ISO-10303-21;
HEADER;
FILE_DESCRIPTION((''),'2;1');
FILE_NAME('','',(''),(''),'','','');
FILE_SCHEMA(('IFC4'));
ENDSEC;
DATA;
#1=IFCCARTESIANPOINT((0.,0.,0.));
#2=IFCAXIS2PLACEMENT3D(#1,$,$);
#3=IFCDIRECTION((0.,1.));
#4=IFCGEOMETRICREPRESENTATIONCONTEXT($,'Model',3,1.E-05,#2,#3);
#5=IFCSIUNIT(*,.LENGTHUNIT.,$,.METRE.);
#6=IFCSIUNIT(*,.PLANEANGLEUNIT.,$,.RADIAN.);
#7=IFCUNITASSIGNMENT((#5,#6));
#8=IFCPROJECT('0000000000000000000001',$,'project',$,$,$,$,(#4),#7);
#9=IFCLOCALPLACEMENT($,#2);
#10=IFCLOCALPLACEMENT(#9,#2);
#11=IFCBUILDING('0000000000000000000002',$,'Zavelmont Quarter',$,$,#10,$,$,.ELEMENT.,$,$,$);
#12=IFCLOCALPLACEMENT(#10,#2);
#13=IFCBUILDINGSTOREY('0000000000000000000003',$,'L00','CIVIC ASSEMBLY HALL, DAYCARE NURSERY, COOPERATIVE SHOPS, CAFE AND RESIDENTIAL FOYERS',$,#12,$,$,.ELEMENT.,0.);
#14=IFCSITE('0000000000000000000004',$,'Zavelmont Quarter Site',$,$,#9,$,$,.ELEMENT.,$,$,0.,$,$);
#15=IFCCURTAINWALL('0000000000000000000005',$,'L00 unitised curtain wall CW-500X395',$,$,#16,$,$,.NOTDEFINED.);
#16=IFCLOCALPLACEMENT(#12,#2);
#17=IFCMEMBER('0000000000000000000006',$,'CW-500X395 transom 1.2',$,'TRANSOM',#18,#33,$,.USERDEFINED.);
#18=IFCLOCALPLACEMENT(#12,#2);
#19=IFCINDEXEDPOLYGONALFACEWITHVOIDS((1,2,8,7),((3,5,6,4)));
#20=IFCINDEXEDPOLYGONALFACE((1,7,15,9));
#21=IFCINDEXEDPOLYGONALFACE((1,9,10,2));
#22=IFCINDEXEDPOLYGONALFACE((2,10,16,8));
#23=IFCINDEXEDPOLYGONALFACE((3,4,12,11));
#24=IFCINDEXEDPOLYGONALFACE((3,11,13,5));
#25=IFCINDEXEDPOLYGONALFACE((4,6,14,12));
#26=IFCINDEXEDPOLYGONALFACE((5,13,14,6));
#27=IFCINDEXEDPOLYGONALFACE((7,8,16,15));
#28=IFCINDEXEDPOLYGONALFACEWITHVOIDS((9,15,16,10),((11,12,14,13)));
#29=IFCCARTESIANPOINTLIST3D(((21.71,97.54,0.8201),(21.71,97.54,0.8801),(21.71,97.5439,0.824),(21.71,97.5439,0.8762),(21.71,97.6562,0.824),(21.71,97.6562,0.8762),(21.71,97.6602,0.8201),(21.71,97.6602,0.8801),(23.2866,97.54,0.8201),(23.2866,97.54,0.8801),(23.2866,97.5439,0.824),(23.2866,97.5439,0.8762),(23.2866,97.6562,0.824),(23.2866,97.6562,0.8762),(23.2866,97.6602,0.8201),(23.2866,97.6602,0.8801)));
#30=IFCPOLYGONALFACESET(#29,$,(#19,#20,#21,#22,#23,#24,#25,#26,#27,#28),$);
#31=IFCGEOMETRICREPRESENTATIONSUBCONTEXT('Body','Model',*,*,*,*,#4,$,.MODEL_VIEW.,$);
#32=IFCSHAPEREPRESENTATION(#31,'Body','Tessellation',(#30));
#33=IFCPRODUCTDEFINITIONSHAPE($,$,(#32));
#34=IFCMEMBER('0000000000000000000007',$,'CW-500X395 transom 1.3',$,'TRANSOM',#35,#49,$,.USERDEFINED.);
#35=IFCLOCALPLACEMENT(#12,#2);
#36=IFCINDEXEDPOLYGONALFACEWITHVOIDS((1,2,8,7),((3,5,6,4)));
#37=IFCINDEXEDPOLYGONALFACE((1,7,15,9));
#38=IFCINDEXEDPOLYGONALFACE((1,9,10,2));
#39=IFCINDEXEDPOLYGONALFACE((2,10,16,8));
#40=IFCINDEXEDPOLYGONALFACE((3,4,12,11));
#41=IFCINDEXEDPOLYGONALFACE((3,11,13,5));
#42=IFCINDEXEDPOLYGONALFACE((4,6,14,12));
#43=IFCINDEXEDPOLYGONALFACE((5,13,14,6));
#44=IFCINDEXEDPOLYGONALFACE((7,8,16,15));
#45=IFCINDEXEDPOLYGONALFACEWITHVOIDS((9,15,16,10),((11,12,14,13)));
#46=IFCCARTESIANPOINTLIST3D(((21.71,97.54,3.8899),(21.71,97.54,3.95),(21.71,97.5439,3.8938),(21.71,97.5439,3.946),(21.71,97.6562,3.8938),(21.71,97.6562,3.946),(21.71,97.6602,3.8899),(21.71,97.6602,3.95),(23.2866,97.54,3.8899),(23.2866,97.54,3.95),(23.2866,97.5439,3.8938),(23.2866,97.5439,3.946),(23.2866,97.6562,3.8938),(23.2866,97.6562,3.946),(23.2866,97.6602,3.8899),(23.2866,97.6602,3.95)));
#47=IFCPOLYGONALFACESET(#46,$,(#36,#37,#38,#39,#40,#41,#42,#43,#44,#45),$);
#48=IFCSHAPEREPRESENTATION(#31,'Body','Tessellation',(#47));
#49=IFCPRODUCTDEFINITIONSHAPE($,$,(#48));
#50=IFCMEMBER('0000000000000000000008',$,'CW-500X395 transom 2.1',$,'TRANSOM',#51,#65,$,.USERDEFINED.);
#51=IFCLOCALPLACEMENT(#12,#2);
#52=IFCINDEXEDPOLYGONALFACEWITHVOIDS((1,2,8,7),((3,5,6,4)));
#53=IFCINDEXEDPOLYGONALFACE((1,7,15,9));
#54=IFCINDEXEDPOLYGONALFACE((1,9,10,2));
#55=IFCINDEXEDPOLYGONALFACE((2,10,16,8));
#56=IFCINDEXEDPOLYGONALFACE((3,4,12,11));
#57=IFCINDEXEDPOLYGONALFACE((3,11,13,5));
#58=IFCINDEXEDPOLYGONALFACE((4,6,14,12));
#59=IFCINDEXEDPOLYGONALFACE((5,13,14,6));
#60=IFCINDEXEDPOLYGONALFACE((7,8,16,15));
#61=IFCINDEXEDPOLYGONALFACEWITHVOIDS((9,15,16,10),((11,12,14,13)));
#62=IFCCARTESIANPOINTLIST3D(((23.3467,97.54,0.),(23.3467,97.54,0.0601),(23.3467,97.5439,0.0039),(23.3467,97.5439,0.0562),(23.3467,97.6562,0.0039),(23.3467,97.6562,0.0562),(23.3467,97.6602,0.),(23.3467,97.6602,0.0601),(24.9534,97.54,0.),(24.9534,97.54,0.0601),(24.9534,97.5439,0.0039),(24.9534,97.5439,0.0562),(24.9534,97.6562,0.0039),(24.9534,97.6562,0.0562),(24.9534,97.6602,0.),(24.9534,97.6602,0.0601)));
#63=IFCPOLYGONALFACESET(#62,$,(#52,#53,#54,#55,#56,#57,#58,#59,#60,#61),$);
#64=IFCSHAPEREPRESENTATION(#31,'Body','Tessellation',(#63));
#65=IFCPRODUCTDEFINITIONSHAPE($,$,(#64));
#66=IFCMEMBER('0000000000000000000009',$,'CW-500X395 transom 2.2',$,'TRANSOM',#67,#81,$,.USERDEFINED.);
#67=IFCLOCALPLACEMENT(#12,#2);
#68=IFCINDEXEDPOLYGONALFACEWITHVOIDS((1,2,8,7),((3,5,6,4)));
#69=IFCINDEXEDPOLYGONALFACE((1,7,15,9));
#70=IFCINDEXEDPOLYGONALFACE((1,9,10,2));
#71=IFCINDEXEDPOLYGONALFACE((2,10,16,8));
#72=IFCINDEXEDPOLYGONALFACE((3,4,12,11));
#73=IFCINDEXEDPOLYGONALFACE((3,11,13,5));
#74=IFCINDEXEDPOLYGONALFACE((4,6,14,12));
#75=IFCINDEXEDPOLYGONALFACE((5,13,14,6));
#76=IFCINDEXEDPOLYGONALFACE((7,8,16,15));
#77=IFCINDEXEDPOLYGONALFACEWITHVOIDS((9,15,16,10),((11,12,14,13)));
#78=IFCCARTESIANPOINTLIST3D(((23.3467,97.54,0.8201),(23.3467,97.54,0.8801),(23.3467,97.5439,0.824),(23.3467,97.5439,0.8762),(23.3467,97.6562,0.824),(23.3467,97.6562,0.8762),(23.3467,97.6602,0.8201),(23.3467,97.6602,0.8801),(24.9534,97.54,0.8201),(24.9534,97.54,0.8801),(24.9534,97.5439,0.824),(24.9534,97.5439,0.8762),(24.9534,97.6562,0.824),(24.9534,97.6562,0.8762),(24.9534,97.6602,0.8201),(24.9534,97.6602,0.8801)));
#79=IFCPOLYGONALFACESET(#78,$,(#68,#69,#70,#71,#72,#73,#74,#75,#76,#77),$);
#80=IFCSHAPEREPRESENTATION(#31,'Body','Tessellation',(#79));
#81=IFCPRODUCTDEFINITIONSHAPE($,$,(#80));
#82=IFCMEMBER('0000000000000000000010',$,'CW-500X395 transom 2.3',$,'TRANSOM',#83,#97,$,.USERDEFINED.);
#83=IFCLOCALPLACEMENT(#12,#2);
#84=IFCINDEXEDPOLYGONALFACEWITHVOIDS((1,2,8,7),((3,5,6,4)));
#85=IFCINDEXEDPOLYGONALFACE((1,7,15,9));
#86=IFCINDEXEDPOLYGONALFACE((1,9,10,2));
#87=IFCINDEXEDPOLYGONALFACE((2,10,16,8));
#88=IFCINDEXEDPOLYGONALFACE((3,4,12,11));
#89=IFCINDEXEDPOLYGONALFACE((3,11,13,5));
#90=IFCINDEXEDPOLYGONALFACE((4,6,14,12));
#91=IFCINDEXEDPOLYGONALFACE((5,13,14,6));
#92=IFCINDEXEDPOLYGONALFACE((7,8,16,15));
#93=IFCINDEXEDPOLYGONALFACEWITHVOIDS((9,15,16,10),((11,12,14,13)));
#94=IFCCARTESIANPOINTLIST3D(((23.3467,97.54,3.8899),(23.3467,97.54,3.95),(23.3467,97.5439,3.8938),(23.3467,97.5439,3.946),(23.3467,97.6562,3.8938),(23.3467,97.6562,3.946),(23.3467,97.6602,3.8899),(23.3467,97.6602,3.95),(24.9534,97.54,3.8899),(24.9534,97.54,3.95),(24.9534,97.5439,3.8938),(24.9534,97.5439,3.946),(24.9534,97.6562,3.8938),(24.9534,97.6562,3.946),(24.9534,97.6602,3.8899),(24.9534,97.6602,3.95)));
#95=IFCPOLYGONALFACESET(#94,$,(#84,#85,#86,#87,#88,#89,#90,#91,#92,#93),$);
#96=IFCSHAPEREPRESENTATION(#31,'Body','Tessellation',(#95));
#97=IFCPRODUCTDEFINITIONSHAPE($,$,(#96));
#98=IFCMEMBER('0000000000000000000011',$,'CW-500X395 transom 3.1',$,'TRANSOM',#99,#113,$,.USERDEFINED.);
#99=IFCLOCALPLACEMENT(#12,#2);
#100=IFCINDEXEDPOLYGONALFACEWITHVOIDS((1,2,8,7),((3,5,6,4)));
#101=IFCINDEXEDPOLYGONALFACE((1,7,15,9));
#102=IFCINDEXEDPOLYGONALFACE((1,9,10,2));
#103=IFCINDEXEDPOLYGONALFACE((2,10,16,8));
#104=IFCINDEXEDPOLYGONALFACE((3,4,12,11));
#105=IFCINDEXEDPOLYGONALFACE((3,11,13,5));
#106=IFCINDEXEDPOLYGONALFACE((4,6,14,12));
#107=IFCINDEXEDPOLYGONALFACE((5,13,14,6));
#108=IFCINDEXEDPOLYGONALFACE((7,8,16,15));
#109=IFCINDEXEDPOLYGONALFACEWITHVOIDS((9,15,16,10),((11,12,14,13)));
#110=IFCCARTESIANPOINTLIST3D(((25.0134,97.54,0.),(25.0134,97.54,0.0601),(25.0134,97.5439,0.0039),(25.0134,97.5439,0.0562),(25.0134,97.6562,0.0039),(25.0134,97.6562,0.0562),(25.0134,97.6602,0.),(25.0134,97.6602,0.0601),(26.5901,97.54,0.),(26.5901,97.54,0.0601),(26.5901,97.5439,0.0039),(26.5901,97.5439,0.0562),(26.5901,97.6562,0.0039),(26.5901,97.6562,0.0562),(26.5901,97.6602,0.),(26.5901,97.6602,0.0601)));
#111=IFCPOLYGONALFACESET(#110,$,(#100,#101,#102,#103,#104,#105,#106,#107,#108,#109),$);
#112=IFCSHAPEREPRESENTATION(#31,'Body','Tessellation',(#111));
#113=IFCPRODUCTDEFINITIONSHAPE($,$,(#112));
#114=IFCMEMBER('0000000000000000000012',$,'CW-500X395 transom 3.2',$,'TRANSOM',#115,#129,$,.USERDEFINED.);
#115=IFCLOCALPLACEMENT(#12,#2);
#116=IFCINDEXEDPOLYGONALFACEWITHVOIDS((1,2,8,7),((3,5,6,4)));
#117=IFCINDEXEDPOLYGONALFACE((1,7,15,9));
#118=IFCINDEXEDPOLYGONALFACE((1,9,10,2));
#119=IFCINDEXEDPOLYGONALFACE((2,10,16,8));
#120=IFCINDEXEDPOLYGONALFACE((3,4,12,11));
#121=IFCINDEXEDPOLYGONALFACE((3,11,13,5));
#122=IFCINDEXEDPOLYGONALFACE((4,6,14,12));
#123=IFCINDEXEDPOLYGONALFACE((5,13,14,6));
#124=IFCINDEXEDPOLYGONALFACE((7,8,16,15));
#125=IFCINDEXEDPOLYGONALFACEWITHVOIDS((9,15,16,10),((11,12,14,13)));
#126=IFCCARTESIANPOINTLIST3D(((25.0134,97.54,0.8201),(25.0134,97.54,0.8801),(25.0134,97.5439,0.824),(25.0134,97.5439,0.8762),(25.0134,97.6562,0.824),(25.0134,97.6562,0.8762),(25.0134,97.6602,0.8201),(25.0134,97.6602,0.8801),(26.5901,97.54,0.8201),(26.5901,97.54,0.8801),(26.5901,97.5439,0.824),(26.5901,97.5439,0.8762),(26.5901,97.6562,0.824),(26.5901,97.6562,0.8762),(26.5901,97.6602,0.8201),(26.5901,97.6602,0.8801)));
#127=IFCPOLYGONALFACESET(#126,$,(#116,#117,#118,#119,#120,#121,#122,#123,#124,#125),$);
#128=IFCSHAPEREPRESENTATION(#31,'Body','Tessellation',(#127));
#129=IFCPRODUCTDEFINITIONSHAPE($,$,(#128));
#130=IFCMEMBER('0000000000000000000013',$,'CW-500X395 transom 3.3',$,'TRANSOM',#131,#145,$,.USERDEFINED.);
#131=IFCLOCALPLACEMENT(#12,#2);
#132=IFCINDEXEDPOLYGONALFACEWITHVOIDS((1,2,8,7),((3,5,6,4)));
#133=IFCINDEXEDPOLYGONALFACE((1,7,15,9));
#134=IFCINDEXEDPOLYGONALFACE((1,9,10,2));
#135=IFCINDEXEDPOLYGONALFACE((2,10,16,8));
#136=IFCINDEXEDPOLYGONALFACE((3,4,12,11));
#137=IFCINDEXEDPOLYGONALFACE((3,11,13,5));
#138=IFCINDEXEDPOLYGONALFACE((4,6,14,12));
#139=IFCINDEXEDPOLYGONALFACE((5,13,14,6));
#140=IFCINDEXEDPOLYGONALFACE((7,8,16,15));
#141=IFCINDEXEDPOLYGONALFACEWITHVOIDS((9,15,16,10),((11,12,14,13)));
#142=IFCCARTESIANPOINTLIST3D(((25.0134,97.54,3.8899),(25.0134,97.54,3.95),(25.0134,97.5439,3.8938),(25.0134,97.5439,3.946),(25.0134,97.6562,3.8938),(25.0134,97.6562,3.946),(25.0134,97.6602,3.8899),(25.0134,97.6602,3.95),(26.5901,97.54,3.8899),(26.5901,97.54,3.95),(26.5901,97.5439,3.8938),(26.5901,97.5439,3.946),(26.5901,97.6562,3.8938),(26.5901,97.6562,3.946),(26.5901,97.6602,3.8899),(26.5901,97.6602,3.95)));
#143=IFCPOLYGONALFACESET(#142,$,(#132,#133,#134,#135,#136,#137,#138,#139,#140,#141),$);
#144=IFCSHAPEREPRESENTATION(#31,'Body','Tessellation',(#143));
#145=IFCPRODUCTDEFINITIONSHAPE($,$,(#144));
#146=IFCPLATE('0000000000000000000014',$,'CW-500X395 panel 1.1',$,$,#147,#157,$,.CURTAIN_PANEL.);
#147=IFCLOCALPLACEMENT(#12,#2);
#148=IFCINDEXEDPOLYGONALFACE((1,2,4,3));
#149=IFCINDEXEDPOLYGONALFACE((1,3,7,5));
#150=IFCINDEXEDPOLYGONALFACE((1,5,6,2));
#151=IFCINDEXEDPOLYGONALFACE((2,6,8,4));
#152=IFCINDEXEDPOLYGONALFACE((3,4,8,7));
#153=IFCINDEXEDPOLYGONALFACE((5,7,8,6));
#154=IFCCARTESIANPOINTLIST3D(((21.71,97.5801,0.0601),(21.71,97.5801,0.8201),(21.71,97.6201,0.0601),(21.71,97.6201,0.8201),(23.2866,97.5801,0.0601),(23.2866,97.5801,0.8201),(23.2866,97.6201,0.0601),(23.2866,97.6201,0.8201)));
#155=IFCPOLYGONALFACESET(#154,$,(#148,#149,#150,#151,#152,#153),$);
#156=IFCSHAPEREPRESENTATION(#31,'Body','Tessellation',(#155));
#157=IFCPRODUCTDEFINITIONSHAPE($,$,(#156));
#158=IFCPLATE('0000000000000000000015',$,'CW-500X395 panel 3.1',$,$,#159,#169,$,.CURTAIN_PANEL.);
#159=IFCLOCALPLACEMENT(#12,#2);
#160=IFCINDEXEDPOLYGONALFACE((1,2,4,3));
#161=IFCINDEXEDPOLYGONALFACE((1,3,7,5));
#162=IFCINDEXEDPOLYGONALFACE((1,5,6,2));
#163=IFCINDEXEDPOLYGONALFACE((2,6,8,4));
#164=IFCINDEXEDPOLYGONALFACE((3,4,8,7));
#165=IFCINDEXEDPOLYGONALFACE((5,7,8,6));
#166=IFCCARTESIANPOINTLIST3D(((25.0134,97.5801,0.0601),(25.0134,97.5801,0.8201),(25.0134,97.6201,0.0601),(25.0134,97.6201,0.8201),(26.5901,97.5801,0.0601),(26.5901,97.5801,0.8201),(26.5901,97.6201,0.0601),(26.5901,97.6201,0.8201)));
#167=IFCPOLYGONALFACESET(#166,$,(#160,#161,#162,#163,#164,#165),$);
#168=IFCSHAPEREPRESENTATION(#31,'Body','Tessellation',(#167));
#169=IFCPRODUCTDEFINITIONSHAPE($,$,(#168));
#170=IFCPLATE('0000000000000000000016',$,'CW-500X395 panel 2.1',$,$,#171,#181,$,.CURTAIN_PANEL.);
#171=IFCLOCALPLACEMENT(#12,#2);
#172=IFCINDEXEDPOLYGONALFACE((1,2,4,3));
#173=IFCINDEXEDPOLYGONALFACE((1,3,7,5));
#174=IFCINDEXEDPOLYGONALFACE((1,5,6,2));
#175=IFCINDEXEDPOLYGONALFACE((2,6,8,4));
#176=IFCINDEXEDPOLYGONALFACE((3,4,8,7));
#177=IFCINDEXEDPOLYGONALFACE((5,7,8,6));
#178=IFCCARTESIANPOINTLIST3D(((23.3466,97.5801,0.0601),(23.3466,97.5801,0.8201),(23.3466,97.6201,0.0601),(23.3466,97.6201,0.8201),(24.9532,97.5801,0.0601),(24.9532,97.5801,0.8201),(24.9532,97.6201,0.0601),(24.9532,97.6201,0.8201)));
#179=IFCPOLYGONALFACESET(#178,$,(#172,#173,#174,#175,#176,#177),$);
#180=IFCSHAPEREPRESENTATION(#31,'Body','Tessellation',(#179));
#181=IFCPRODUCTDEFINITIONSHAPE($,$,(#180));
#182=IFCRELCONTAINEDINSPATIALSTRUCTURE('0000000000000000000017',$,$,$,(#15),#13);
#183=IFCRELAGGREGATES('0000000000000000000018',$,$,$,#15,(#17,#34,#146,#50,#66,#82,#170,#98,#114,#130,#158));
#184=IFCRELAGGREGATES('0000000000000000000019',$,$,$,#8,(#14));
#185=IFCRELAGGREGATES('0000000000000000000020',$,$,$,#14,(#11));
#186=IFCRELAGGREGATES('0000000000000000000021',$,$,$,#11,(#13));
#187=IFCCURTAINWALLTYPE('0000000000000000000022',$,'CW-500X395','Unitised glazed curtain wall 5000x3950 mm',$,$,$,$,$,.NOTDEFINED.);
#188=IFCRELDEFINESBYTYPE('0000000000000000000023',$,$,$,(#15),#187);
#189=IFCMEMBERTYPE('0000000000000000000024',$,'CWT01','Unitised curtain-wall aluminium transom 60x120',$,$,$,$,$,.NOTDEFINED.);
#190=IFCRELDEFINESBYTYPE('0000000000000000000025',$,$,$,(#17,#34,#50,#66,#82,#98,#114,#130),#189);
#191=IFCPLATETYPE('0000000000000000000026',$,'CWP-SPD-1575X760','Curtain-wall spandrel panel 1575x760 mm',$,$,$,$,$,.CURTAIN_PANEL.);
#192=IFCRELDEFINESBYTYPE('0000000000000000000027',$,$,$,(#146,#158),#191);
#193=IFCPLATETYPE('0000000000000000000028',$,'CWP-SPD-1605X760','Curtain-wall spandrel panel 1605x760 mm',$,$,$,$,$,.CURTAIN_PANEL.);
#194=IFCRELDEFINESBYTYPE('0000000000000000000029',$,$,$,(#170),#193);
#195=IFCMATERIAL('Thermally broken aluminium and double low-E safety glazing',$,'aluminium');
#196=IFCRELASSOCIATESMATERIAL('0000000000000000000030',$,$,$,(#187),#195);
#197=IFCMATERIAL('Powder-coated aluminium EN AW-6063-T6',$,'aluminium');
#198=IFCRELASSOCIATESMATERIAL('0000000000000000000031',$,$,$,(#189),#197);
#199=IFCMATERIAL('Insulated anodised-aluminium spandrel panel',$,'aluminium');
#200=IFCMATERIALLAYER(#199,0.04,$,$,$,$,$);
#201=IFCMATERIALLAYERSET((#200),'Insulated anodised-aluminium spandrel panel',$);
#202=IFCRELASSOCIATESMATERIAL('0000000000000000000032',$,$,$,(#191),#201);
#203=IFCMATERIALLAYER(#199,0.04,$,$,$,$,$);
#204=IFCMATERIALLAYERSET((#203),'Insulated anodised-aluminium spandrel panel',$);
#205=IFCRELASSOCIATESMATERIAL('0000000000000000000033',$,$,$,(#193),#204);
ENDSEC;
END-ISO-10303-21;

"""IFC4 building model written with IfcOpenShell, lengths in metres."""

from ifc_helpers import new_model, si_unit, direction, frame, origin, origin_2d, place, context, subcontext, project, spatial, rectangle, hollow_rectangle, extrude, material, layer, layer_set, material_profile, profile_set, type_object, element, aggregate, save


model = new_model("IFC4")

# Units and contexts
model_context = context("Model", 3, precision=1e-05, world=origin(), true_north=direction((0.0, 1.0)))
body_context = subcontext(model_context, "Body", "Model", "MODEL_VIEW")
ifc_project = project(units=[si_unit("LENGTHUNIT", "METRE"), si_unit("PLANEANGLEUNIT", "RADIAN")], contexts=[model_context])

# Site, building, storey
site_placement = place(None, origin())
site = spatial("IfcSite", under=ifc_project, at=site_placement, Name="Zavelmont Quarter Site", CompositionType="ELEMENT", RefElevation=0.0)
building_placement = place(site_placement, origin())
building = spatial("IfcBuilding", under=site, at=building_placement, Name="Zavelmont Quarter", CompositionType="ELEMENT")
storey_placement = place(building_placement, origin())
storey = spatial("IfcBuildingStorey", under=building, at=storey_placement, Name="L00", Description="CIVIC ASSEMBLY HALL, DAYCARE NURSERY, COOPERATIVE SHOPS, CAFE AND RESIDENTIAL FOYERS", CompositionType="ELEMENT", Elevation=0.0)

# Curtain wall, members, plates
ifc_material_1 = material(Name="Thermally broken aluminium and double low-E safety glazing", Category="aluminium")
curtain_wall_type = type_object("IfcCurtainWallType", Name="CW-500X395", Description="Unitised glazed curtain wall 5000x3950 mm", PredefinedType="NOTDEFINED", material=ifc_material_1)
curtain_wall_placement = place(storey_placement, origin())
curtain_wall = element("IfcCurtainWall", 1, at=curtain_wall_placement, inside=storey, type_object=curtain_wall_type, Name="L00 unitised curtain wall CW-500X395", PredefinedType="NOTDEFINED")
ifc_material_2 = material(Name="Powder-coated aluminium EN AW-6063-T6", Category="aluminium")
ifc_material_profile_1 = material_profile(ifc_material_2, hollow_rectangle(XDim=0.1201, YDim=0.0601, WallThickness=0.0039, at=origin_2d()), Name="CWT60X120")
ifc_profile_set_1 = profile_set([ifc_material_profile_1], Name="Powder-coated aluminium EN AW-6063-T6")
member_type_1 = type_object("IfcMemberType", Name="CWT01", Description="Unitised curtain-wall aluminium transom 60x120", PredefinedType="NOTDEFINED", material=ifc_profile_set_1)
member_1_placement = place(storey_placement, frame((21.71, 97.6001, 0.8501), z_axis=(1.0, 0.0, 0.0), x_axis=(0.0, 1.0, 0.0)))
member_1 = element("IfcMember", 2, at=member_1_placement, type_object=member_type_1, Name="CW-500X395 transom 1.2", ObjectType="TRANSOM", PredefinedType="USERDEFINED", context=body_context, shape_type="SweptSolid", body=[
    extrude(hollow_rectangle(XDim=0.1201, YDim=0.0601, WallThickness=0.0039, at=origin_2d()), origin(), (0.0, 0.0, 1.0), 1.5767),
])
member_2_placement = place(storey_placement, frame((21.71, 97.6001, 3.9199), z_axis=(1.0, 0.0, 0.0), x_axis=(0.0, 1.0, 0.0)))
member_2 = element("IfcMember", 3, at=member_2_placement, type_object=member_type_1, Name="CW-500X395 transom 1.3", ObjectType="TRANSOM", PredefinedType="USERDEFINED", context=body_context, shape_type="SweptSolid", body=[
    extrude(hollow_rectangle(XDim=0.1201, YDim=0.0601, WallThickness=0.0039, at=origin_2d()), origin(), (0.0, 0.0, 1.0), 1.5767),
])
member_3_placement = place(storey_placement, frame((23.3467, 97.6001, 0.03), z_axis=(1.0, 0.0, 0.0), x_axis=(0.0, 1.0, 0.0)))
member_3 = element("IfcMember", 4, at=member_3_placement, type_object=member_type_1, Name="CW-500X395 transom 2.1", ObjectType="TRANSOM", PredefinedType="USERDEFINED", context=body_context, shape_type="SweptSolid", body=[
    extrude(hollow_rectangle(XDim=0.1201, YDim=0.0601, WallThickness=0.0039, at=origin_2d()), origin(), (0.0, 0.0, 1.0), 1.6067),
])
member_4_placement = place(storey_placement, frame((23.3467, 97.6001, 0.8501), z_axis=(1.0, 0.0, 0.0), x_axis=(0.0, 1.0, 0.0)))
member_4 = element("IfcMember", 5, at=member_4_placement, type_object=member_type_1, Name="CW-500X395 transom 2.2", ObjectType="TRANSOM", PredefinedType="USERDEFINED", context=body_context, shape_type="SweptSolid", body=[
    extrude(hollow_rectangle(XDim=0.1201, YDim=0.0601, WallThickness=0.0039, at=origin_2d()), origin(), (0.0, 0.0, 1.0), 1.6067),
])
member_5_placement = place(storey_placement, frame((23.3467, 97.6001, 3.9199), z_axis=(1.0, 0.0, 0.0), x_axis=(0.0, 1.0, 0.0)))
member_5 = element("IfcMember", 6, at=member_5_placement, type_object=member_type_1, Name="CW-500X395 transom 2.3", ObjectType="TRANSOM", PredefinedType="USERDEFINED", context=body_context, shape_type="SweptSolid", body=[
    extrude(hollow_rectangle(XDim=0.1201, YDim=0.0601, WallThickness=0.0039, at=origin_2d()), origin(), (0.0, 0.0, 1.0), 1.6067),
])
member_6_placement = place(storey_placement, frame((25.0134, 97.6001, 0.03), z_axis=(1.0, 0.0, 0.0), x_axis=(0.0, 1.0, 0.0)))
member_6 = element("IfcMember", 7, at=member_6_placement, type_object=member_type_1, Name="CW-500X395 transom 3.1", ObjectType="TRANSOM", PredefinedType="USERDEFINED", context=body_context, shape_type="SweptSolid", body=[
    extrude(hollow_rectangle(XDim=0.1201, YDim=0.0601, WallThickness=0.0039, at=origin_2d()), origin(), (0.0, 0.0, 1.0), 1.5767),
])
member_7_placement = place(storey_placement, frame((25.0134, 97.6001, 0.8501), z_axis=(1.0, 0.0, 0.0), x_axis=(0.0, 1.0, 0.0)))
member_7 = element("IfcMember", 8, at=member_7_placement, type_object=member_type_1, Name="CW-500X395 transom 3.2", ObjectType="TRANSOM", PredefinedType="USERDEFINED", context=body_context, shape_type="SweptSolid", body=[
    extrude(hollow_rectangle(XDim=0.1201, YDim=0.0601, WallThickness=0.0039, at=origin_2d()), origin(), (0.0, 0.0, 1.0), 1.5767),
])
member_8_placement = place(storey_placement, frame((25.0134, 97.6001, 3.9199), z_axis=(1.0, 0.0, 0.0), x_axis=(0.0, 1.0, 0.0)))
member_8 = element("IfcMember", 9, at=member_8_placement, type_object=member_type_1, Name="CW-500X395 transom 3.3", ObjectType="TRANSOM", PredefinedType="USERDEFINED", context=body_context, shape_type="SweptSolid", body=[
    extrude(hollow_rectangle(XDim=0.1201, YDim=0.0601, WallThickness=0.0039, at=origin_2d()), origin(), (0.0, 0.0, 1.0), 1.5767),
])
ifc_material_3 = material(Name="Insulated anodised-aluminium spandrel panel", Category="aluminium")
ifc_layer_1 = layer(ifc_material_3, 0.04)
ifc_layer_set_1 = layer_set([ifc_layer_1], Name="Insulated anodised-aluminium spandrel panel")
plate_type_1 = type_object("IfcPlateType", Name="CWP-SPD-1575X760", Description="Curtain-wall spandrel panel 1575x760 mm", PredefinedType="CURTAIN_PANEL", material=ifc_layer_set_1)
plate_1_placement = place(storey_placement, frame((22.4983, 97.6001, 0.0601), z_axis=(0.0, 0.0, 1.0), x_axis=(1.0, 0.0, 0.0)))
plate_1 = element("IfcPlate", 10, at=plate_1_placement, type_object=plate_type_1, Name="CW-500X395 panel 1.1", PredefinedType="CURTAIN_PANEL", context=body_context, shape_type="SweptSolid", body=[
    extrude(rectangle(XDim=1.5767, YDim=0.04, at=origin_2d()), origin(), (0.0, 0.0, 1.0), 0.76),
])
plate_2_placement = place(storey_placement, frame((25.8018, 97.6001, 0.0601), z_axis=(0.0, 0.0, 1.0), x_axis=(1.0, 0.0, 0.0)))
plate_2 = element("IfcPlate", 11, at=plate_2_placement, type_object=plate_type_1, Name="CW-500X395 panel 3.1", PredefinedType="CURTAIN_PANEL", context=body_context, shape_type="SweptSolid", body=[
    extrude(rectangle(XDim=1.5767, YDim=0.04, at=origin_2d()), origin(), (0.0, 0.0, 1.0), 0.76),
])
ifc_layer_2 = layer(ifc_material_3, 0.04)
ifc_layer_set_2 = layer_set([ifc_layer_2], Name="Insulated anodised-aluminium spandrel panel")
plate_type_2 = type_object("IfcPlateType", Name="CWP-SPD-1605X760", Description="Curtain-wall spandrel panel 1605x760 mm", PredefinedType="CURTAIN_PANEL", material=ifc_layer_set_2)
plate_3_placement = place(storey_placement, frame((24.1499, 97.6001, 0.0601), z_axis=(0.0, 0.0, 1.0), x_axis=(1.0, 0.0, 0.0)))
plate_3 = element("IfcPlate", 12, at=plate_3_placement, type_object=plate_type_2, Name="CW-500X395 panel 2.1", PredefinedType="CURTAIN_PANEL", context=body_context, shape_type="SweptSolid", body=[
    extrude(rectangle(XDim=1.6067, YDim=0.04, at=origin_2d()), origin(), (0.0, 0.0, 1.0), 0.76),
])
aggregate(curtain_wall, [member_1, member_2, plate_1, member_3, member_4, member_5, plate_3, member_6, member_7, member_8, plate_2])

save(model, "model.ifc")
